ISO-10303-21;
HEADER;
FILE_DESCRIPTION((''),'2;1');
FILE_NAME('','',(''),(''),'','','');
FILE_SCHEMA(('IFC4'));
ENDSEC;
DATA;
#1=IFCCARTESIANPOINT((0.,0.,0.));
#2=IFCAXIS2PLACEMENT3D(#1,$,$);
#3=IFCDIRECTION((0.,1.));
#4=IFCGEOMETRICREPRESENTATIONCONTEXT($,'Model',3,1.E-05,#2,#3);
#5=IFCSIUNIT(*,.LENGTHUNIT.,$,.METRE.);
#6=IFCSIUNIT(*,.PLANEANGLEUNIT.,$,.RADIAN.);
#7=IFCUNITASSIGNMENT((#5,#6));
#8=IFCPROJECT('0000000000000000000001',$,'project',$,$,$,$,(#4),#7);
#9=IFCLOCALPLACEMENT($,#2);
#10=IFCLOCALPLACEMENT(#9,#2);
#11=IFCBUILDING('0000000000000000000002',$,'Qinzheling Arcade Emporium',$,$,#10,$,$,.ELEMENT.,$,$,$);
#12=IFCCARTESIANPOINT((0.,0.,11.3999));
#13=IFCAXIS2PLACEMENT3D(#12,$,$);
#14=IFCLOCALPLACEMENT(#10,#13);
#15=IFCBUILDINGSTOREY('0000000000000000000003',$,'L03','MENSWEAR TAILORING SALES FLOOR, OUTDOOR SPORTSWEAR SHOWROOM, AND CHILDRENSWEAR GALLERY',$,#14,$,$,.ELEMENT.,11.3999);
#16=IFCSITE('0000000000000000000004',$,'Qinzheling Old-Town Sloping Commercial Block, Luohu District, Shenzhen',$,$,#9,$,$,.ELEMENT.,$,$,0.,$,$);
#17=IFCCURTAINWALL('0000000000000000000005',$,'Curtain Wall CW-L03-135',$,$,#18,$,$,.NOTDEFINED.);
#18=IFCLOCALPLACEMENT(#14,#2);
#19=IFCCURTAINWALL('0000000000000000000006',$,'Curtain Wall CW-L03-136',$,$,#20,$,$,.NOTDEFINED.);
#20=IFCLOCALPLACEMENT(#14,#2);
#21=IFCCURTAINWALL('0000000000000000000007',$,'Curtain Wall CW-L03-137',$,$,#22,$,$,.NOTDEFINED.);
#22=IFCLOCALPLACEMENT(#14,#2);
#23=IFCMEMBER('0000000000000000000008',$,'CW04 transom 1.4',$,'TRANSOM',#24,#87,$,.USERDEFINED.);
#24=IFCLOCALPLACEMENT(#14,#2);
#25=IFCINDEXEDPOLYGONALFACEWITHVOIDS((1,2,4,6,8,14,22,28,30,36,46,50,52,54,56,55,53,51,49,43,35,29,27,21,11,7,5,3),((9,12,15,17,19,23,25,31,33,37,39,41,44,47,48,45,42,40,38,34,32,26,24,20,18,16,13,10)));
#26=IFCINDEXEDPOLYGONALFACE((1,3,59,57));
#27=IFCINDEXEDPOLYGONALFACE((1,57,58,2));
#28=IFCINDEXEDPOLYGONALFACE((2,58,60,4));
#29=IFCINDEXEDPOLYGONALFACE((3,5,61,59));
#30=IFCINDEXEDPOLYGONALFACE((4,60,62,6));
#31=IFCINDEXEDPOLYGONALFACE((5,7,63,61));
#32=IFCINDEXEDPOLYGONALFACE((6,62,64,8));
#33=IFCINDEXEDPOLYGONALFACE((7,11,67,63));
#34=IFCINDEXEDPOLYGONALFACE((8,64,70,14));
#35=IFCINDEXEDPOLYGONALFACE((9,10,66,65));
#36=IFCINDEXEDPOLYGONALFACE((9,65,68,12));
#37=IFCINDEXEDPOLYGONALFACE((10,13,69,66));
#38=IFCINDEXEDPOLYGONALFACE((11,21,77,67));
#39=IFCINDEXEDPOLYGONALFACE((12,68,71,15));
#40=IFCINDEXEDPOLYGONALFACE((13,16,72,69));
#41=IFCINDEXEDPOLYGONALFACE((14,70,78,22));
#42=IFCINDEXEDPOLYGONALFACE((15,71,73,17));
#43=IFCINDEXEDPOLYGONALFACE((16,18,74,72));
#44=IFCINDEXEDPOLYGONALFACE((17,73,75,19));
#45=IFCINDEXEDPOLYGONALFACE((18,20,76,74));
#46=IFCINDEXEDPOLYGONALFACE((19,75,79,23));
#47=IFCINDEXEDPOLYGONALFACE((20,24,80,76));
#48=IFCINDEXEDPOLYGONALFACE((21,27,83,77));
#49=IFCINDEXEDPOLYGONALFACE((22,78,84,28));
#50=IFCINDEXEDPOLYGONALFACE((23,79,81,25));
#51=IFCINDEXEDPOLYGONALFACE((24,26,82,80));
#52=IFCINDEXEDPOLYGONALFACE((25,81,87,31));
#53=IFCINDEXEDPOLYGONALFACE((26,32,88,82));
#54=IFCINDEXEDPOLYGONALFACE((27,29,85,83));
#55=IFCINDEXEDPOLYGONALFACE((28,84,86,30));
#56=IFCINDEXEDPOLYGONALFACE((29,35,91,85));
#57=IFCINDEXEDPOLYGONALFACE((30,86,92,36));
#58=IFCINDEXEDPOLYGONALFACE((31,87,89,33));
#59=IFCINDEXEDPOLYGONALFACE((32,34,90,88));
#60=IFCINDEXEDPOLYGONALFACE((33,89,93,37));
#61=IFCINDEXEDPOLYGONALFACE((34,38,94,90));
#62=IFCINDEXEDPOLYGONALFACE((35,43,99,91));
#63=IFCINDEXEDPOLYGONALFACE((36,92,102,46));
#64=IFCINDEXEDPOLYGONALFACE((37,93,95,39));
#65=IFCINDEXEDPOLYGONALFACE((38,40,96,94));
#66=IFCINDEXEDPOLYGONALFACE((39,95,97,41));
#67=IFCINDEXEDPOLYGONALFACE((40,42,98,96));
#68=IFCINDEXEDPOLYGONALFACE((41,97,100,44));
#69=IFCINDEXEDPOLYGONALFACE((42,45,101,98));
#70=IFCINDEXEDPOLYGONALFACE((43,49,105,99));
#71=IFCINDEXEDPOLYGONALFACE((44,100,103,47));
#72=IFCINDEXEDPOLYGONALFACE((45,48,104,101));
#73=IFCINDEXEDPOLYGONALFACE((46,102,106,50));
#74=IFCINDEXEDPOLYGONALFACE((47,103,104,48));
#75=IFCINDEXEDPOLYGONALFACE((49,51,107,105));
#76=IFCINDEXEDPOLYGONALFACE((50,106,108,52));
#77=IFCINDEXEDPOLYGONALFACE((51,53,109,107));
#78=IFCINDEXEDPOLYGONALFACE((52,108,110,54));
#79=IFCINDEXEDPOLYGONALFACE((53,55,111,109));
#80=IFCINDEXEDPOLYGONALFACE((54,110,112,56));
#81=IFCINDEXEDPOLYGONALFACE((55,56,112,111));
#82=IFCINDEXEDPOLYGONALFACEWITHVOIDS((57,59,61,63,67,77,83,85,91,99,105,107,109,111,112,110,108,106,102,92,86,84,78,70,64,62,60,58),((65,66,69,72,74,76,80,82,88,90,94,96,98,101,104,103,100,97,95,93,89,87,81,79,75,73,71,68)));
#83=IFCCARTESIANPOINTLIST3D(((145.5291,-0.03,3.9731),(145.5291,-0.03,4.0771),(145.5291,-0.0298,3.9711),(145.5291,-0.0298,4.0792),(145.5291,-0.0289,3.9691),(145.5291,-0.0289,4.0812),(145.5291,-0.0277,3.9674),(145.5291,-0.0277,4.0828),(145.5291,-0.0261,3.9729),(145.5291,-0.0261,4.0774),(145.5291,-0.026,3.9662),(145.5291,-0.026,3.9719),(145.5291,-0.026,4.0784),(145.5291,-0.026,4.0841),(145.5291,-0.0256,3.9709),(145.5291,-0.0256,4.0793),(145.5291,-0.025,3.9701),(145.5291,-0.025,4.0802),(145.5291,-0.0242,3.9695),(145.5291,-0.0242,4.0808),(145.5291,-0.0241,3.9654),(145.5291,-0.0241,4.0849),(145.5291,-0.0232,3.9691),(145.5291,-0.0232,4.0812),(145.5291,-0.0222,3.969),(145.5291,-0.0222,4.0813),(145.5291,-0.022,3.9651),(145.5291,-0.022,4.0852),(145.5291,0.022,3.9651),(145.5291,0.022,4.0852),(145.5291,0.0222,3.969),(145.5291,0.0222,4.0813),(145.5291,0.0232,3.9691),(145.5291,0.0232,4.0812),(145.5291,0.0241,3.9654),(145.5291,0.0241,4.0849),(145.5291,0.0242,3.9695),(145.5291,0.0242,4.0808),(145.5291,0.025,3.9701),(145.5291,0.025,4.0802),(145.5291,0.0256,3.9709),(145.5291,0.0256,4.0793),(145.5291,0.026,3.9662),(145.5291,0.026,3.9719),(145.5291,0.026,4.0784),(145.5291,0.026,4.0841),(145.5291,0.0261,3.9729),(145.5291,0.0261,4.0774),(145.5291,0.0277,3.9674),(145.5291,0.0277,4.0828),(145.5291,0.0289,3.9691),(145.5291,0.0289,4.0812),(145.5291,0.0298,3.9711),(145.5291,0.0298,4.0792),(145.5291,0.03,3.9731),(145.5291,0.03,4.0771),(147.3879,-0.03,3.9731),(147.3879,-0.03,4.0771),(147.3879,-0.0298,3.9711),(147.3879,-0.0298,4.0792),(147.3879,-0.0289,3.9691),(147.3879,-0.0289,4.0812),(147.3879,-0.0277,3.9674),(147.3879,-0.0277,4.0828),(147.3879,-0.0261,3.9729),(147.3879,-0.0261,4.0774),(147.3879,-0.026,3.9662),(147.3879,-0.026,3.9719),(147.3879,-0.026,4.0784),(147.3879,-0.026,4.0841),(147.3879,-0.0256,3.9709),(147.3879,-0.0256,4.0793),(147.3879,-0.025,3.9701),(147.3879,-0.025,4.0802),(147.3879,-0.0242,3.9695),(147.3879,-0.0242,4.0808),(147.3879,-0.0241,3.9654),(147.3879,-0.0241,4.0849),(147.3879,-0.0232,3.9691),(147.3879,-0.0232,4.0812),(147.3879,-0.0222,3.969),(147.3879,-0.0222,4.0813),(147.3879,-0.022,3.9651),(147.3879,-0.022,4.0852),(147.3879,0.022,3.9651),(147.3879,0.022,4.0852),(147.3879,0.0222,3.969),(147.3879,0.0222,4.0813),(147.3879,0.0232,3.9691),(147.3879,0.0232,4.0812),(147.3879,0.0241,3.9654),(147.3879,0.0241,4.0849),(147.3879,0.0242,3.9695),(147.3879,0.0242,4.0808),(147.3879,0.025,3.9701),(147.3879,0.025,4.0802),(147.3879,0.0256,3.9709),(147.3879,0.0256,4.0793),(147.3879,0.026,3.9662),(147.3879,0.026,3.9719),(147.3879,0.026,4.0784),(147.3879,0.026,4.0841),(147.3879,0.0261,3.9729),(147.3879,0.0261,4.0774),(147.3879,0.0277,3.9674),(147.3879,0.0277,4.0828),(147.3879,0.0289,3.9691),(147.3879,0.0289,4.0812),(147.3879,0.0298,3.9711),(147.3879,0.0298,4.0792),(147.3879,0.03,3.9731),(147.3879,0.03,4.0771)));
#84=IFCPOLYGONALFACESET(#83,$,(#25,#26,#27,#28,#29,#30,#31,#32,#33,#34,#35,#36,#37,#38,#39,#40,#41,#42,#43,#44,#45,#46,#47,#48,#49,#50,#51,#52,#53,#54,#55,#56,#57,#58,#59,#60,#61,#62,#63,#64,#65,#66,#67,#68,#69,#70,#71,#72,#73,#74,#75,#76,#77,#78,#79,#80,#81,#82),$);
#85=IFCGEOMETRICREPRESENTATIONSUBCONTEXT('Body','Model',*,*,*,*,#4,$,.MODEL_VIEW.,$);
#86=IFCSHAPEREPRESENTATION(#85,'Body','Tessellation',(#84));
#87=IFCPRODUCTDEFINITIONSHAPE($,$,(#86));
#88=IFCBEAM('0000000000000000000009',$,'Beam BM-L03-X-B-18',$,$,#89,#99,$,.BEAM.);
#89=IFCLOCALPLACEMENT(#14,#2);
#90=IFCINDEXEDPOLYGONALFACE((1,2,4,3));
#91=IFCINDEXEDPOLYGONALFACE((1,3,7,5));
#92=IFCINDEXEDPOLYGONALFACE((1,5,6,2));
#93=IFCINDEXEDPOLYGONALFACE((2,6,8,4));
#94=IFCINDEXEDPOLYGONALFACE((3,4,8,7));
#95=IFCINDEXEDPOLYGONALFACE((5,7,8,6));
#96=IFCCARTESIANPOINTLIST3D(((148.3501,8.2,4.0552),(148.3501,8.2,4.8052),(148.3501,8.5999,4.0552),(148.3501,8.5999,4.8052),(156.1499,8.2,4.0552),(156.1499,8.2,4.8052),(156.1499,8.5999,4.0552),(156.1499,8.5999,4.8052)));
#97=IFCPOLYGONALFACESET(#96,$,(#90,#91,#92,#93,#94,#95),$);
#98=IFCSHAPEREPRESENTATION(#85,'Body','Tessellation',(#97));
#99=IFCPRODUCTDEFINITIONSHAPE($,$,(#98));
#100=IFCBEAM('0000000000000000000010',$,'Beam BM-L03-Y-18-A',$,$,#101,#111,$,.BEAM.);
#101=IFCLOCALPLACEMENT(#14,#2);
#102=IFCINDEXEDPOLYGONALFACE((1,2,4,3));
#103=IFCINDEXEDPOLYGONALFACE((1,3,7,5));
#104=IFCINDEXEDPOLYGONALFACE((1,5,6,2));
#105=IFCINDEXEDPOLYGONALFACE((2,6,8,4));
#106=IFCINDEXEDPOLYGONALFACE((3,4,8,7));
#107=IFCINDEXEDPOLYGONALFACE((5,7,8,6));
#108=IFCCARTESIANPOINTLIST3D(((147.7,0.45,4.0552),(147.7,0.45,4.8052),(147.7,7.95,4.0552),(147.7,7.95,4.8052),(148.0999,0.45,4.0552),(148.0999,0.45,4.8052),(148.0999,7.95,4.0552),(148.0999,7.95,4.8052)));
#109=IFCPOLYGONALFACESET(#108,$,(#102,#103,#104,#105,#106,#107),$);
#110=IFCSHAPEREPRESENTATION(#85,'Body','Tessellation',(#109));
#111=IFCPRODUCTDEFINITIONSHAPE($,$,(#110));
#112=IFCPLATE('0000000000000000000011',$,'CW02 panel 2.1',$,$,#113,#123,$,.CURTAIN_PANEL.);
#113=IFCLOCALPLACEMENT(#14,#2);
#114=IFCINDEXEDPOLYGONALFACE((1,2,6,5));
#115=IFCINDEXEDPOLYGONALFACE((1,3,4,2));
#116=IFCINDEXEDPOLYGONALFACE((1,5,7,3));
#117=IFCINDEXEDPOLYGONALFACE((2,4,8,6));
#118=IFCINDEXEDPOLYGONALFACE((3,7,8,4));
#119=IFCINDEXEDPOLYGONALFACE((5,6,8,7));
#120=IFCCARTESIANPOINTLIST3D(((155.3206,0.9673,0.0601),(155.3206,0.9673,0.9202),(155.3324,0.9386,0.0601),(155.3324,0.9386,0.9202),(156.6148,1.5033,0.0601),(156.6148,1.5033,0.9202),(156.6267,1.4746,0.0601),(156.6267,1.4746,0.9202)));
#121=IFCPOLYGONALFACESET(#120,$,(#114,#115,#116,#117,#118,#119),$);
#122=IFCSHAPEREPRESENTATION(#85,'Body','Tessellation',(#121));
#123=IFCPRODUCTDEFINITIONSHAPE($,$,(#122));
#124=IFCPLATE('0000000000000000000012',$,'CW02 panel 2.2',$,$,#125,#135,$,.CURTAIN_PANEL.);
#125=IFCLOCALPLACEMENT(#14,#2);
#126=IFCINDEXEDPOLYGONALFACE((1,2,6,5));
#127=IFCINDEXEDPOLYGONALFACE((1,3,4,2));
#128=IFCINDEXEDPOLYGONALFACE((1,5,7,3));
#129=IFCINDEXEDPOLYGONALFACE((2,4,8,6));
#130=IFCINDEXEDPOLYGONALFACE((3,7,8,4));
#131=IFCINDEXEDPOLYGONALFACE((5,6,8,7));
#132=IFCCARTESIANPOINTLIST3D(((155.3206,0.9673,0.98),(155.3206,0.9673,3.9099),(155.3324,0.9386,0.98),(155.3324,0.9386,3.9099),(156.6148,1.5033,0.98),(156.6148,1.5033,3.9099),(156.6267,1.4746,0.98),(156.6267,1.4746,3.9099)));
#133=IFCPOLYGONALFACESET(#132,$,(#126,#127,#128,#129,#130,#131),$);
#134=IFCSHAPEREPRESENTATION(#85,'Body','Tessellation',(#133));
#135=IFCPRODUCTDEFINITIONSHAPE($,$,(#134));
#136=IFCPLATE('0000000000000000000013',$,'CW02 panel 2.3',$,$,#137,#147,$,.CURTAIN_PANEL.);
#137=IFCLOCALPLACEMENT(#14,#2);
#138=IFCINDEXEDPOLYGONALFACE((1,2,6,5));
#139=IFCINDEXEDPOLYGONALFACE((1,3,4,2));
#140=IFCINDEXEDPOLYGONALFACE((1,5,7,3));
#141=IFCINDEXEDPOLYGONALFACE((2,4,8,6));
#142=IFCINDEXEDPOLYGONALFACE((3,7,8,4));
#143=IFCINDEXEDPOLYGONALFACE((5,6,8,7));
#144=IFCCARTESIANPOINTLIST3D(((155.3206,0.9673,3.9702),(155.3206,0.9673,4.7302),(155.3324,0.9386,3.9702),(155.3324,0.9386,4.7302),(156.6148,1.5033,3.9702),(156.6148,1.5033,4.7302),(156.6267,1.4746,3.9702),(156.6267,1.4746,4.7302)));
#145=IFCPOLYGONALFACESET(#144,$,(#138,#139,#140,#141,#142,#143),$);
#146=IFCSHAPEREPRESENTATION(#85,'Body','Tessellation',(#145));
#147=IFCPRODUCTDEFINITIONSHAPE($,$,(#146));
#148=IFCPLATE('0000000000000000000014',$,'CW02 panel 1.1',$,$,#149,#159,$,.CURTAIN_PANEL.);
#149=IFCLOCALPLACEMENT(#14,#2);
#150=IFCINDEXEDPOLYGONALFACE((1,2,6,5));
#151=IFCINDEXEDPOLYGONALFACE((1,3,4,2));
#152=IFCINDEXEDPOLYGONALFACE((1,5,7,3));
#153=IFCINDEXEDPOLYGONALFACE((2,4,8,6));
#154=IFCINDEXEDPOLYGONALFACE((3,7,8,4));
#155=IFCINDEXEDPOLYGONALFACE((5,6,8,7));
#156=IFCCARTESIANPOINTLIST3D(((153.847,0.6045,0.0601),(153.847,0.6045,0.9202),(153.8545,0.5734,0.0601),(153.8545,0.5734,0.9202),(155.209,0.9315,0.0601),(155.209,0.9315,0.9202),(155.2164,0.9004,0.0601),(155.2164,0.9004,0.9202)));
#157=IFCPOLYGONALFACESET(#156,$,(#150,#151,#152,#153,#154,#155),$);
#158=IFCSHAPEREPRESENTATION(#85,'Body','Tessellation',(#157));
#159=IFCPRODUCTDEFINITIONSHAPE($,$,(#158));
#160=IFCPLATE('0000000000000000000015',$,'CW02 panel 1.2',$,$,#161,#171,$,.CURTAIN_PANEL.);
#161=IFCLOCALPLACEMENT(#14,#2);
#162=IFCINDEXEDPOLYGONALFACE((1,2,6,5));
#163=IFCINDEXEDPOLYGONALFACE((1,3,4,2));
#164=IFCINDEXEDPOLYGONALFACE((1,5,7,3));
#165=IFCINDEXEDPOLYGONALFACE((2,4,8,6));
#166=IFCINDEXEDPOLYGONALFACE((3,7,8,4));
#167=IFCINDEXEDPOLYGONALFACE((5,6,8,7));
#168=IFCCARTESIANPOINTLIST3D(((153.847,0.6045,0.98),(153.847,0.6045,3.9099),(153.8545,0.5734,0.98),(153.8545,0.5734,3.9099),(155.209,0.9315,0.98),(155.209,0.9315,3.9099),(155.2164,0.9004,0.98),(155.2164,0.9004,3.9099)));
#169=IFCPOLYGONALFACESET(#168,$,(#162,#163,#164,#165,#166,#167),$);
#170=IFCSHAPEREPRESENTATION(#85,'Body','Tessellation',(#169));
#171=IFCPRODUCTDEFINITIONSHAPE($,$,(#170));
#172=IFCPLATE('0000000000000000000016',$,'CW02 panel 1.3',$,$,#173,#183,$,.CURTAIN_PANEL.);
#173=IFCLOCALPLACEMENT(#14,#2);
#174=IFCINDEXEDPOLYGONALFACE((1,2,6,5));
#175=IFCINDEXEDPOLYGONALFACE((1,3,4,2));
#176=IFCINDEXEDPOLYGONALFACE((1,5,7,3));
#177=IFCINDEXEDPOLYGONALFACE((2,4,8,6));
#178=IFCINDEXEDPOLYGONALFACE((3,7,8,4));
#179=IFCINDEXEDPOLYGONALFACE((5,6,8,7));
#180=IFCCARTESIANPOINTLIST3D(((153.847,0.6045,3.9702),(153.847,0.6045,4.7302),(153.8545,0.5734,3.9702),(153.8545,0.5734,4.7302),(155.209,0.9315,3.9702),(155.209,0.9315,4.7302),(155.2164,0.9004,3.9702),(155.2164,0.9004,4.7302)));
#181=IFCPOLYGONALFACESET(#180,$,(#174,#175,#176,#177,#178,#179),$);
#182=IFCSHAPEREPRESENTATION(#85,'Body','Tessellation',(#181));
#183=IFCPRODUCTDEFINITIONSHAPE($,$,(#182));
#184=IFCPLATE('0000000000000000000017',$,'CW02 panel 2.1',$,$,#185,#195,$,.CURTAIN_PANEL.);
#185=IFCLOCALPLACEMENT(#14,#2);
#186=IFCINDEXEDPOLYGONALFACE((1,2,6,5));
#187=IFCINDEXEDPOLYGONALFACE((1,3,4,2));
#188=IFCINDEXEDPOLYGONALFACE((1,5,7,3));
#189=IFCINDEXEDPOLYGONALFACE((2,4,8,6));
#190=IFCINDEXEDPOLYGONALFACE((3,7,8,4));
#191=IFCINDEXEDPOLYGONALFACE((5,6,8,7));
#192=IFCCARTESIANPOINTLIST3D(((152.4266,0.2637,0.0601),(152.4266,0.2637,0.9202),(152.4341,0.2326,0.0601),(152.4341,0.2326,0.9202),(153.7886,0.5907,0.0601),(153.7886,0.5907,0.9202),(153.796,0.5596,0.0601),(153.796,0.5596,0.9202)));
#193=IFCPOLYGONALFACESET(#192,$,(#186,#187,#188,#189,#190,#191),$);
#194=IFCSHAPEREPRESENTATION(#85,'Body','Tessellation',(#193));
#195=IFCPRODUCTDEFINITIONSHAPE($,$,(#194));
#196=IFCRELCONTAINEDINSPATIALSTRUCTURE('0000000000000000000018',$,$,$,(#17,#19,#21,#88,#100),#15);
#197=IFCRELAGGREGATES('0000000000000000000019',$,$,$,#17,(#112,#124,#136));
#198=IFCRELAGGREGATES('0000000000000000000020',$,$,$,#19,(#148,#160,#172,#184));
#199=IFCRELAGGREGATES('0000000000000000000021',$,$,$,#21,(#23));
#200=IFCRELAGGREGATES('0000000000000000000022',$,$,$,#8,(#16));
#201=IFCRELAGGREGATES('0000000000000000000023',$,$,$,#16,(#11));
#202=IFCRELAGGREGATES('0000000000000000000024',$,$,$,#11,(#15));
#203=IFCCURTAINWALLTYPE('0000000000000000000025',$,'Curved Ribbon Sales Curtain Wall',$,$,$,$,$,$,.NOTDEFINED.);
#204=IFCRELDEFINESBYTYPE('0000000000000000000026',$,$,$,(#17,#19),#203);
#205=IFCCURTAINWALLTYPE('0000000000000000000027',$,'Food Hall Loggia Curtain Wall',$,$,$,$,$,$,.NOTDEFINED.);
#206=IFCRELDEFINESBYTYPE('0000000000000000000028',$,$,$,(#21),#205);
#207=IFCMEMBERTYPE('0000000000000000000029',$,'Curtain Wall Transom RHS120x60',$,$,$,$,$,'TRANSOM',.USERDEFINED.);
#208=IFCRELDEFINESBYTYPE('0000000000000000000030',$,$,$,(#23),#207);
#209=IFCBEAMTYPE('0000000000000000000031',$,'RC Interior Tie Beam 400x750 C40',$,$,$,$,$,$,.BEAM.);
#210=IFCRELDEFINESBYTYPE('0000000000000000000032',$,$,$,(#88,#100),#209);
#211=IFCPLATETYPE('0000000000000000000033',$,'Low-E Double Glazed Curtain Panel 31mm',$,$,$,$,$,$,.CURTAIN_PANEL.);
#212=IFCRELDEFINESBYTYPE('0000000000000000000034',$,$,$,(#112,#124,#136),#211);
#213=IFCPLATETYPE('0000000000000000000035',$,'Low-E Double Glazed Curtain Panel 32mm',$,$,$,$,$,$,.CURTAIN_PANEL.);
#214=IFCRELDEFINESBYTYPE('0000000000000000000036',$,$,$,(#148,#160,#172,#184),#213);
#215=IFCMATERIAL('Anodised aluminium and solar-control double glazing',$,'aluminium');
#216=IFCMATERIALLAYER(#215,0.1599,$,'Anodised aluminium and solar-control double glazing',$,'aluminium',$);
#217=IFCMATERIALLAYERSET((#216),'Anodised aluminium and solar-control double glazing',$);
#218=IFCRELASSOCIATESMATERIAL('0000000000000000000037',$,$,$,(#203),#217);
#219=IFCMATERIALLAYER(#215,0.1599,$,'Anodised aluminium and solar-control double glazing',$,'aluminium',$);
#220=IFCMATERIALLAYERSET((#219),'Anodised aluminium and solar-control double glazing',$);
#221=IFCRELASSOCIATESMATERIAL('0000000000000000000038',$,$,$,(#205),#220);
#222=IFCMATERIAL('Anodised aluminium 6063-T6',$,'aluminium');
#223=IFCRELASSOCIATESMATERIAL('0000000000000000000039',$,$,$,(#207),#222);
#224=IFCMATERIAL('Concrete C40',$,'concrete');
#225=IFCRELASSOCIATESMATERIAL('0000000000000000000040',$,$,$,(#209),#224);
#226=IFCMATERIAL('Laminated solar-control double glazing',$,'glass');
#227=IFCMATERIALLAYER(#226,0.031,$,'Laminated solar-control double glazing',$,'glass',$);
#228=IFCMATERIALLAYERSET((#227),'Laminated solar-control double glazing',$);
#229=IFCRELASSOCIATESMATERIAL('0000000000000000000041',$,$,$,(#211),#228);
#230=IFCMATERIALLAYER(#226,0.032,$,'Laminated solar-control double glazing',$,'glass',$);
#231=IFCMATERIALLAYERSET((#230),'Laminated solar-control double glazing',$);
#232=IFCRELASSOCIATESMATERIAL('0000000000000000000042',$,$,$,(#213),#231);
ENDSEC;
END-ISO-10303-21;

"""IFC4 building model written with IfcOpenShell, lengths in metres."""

from ifc_helpers import new_model, si_unit, direction, frame, origin, origin_2d, place, context, subcontext, project, spatial, rectangle, hollow_rectangle, extrude, material, layer, layer_set, material_profile, profile_set, type_object, element, aggregate, save


model = new_model("IFC4")

# Units and contexts
model_context = context("Model", 3, precision=1e-05, world=origin(), true_north=direction((0.0, 1.0)))
body_context = subcontext(model_context, "Body", "Model", "MODEL_VIEW")
ifc_project = project(units=[si_unit("LENGTHUNIT", "METRE"), si_unit("PLANEANGLEUNIT", "RADIAN")], contexts=[model_context])

# Site, building, storey
site_placement = place(None, origin())
site = spatial("IfcSite", under=ifc_project, at=site_placement, Name="Qinzheling Old-Town Sloping Commercial Block, Luohu District, Shenzhen", CompositionType="ELEMENT", RefElevation=0.0)
building_placement = place(site_placement, origin())
building = spatial("IfcBuilding", under=site, at=building_placement, Name="Qinzheling Arcade Emporium", CompositionType="ELEMENT")
storey_placement = place(building_placement, frame((0.0, 0.0, 11.3999)))
storey = spatial("IfcBuildingStorey", under=building, at=storey_placement, Name="L03", Description="MENSWEAR TAILORING SALES FLOOR, OUTDOOR SPORTSWEAR SHOWROOM, AND CHILDRENSWEAR GALLERY", CompositionType="ELEMENT", Elevation=11.3999)

# Curtain wall
ifc_material_1 = material(Name="Anodised aluminium and solar-control double glazing", Category="aluminium")
ifc_layer_1 = layer(ifc_material_1, 0.1599, Name="Anodised aluminium and solar-control double glazing", Category="aluminium")
ifc_layer_set_1 = layer_set([ifc_layer_1], Name="Anodised aluminium and solar-control double glazing")
curtain_wall_type_1 = type_object("IfcCurtainWallType", Name="Curved Ribbon Sales Curtain Wall", PredefinedType="NOTDEFINED", material=ifc_layer_set_1)
curtain_wall_1_placement = place(storey_placement, origin())
curtain_wall_1 = element("IfcCurtainWall", 1, at=curtain_wall_1_placement, inside=storey, type_object=curtain_wall_type_1, Name="Curtain Wall CW-L03-135", PredefinedType="NOTDEFINED")
ifc_material_2 = material(Name="Anodised aluminium 6063-T6", Category="aluminium")

# Curtain wall
curtain_wall_2_placement = place(storey_placement, origin())
curtain_wall_2 = element("IfcCurtainWall", 2, at=curtain_wall_2_placement, inside=storey, type_object=curtain_wall_type_1, Name="Curtain Wall CW-L03-136", PredefinedType="NOTDEFINED")

# Curtain wall
ifc_layer_2 = layer(ifc_material_1, 0.1599, Name="Anodised aluminium and solar-control double glazing", Category="aluminium")
ifc_layer_set_2 = layer_set([ifc_layer_2], Name="Anodised aluminium and solar-control double glazing")
curtain_wall_type_2 = type_object("IfcCurtainWallType", Name="Food Hall Loggia Curtain Wall", PredefinedType="NOTDEFINED", material=ifc_layer_set_2)
curtain_wall_3_placement = place(storey_placement, origin())
curtain_wall_3 = element("IfcCurtainWall", 3, at=curtain_wall_3_placement, inside=storey, type_object=curtain_wall_type_2, Name="Curtain Wall CW-L03-137", PredefinedType="NOTDEFINED")

# Member
ifc_material_profile_1 = material_profile(ifc_material_2, hollow_rectangle(XDim=0.0601, YDim=0.1201, WallThickness=0.0039, InnerFilletRadius=0.0039, OuterFilletRadius=0.0081, at=origin_2d()), Name="RHS 120x60x4", Category="aluminium")
ifc_profile_set_1 = profile_set([ifc_material_profile_1], Name="Anodised aluminium 6063-T6")
member_type_1 = type_object("IfcMemberType", Name="Curtain Wall Transom RHS120x60", ElementType="TRANSOM", PredefinedType="USERDEFINED", material=ifc_profile_set_1)
member_1_placement = place(storey_placement, frame((147.3879, 0.0, 4.0251), z_axis=(-1.0, 0.0, 0.0), x_axis=(0.0, -1.0, 0.0)))
member_1 = element("IfcMember", 4, at=member_1_placement, type_object=member_type_1, Name="CW04 transom 1.4", ObjectType="TRANSOM", PredefinedType="USERDEFINED", context=body_context, shape_type="SweptSolid", body=[
    extrude(hollow_rectangle(XDim=0.0601, YDim=0.1201, WallThickness=0.0039, InnerFilletRadius=0.0039, OuterFilletRadius=0.0081, at=origin_2d()), origin(), (0.0, 0.0, 1.0), 1.8589),
])

# Beams
ifc_material_3 = material(Name="Concrete C40", Category="concrete")
ifc_material_profile_2 = material_profile(ifc_material_3, rectangle(XDim=0.3999, YDim=0.75, at=origin_2d()), Name="RC 400x750", Category="concrete")
ifc_profile_set_2 = profile_set([ifc_material_profile_2], Name="Concrete C40")
beam_type = type_object("IfcBeamType", Name="RC Interior Tie Beam 400x750 C40", PredefinedType="BEAM", material=ifc_profile_set_2)
beam_1_placement = place(storey_placement, frame((148.3501, 8.3999, 4.4302), z_axis=(1.0, 0.0, 0.0), x_axis=(0.0, 1.0, 0.0)))
element("IfcBeam", 5, at=beam_1_placement, inside=storey, type_object=beam_type, Name="Beam BM-L03-X-B-18", PredefinedType="BEAM", context=body_context, shape_type="SweptSolid", body=[
    extrude(rectangle(XDim=0.3999, YDim=0.75, at=origin_2d()), origin(), (0.0, 0.0, 1.0), 7.7998),
])
beam_2_placement = place(storey_placement, frame((147.8999, 0.45, 4.4302), z_axis=(0.0, 1.0, 0.0), x_axis=(-1.0, 0.0, 0.0)))
element("IfcBeam", 6, at=beam_2_placement, inside=storey, type_object=beam_type, Name="Beam BM-L03-Y-18-A", PredefinedType="BEAM", context=body_context, shape_type="SweptSolid", body=[
    extrude(rectangle(XDim=0.3999, YDim=0.75, at=origin_2d()), origin(), (0.0, 0.0, 1.0), 7.5),
])

# Plates
ifc_material_4 = material(Name="Laminated solar-control double glazing", Category="glass")
ifc_layer_3 = layer(ifc_material_4, 0.031, Name="Laminated solar-control double glazing", Category="glass")
ifc_layer_set_3 = layer_set([ifc_layer_3], Name="Laminated solar-control double glazing")
plate_type_1 = type_object("IfcPlateType", Name="Low-E Double Glazed Curtain Panel 31mm", PredefinedType="CURTAIN_PANEL", material=ifc_layer_set_3)
plate_1_placement = place(storey_placement, frame((155.9736, 1.2209, 0.0601), z_axis=(0.0, 0.0, 1.0), x_axis=(-0.923898, -0.382638, 0.0)))
plate_1 = element("IfcPlate", 7, at=plate_1_placement, type_object=plate_type_1, Name="CW02 panel 2.1", PredefinedType="CURTAIN_PANEL", context=body_context, shape_type="SweptSolid", body=[
    extrude(rectangle(XDim=1.4009, YDim=0.031, at=origin_2d()), origin(), (0.0, 0.0, 1.0), 0.8601),
])
plate_2_placement = place(storey_placement, frame((155.9736, 1.2209, 0.98), z_axis=(0.0, 0.0, 1.0), x_axis=(-0.923898, -0.382638, 0.0)))
plate_2 = element("IfcPlate", 8, at=plate_2_placement, type_object=plate_type_1, Name="CW02 panel 2.2", PredefinedType="CURTAIN_PANEL", context=body_context, shape_type="SweptSolid", body=[
    extrude(rectangle(XDim=1.4009, YDim=0.031, at=origin_2d()), origin(), (0.0, 0.0, 1.0), 2.9299),
])
plate_3_placement = place(storey_placement, frame((155.9736, 1.2209, 3.9702), z_axis=(0.0, 0.0, 1.0), x_axis=(-0.923898, -0.382638, 0.0)))
plate_3 = element("IfcPlate", 9, at=plate_3_placement, type_object=plate_type_1, Name="CW02 panel 2.3", PredefinedType="CURTAIN_PANEL", context=body_context, shape_type="SweptSolid", body=[
    extrude(rectangle(XDim=1.4009, YDim=0.031, at=origin_2d()), origin(), (0.0, 0.0, 1.0), 0.76),
])
aggregate(curtain_wall_1, [plate_1, plate_2, plate_3])
ifc_layer_4 = layer(ifc_material_4, 0.032, Name="Laminated solar-control double glazing", Category="glass")
ifc_layer_set_4 = layer_set([ifc_layer_4], Name="Laminated solar-control double glazing")
plate_type_2 = type_object("IfcPlateType", Name="Low-E Double Glazed Curtain Panel 32mm", PredefinedType="CURTAIN_PANEL", material=ifc_layer_set_4)
plate_4_placement = place(storey_placement, frame((154.5317, 0.7524, 0.0601), z_axis=(0.0, 0.0, 1.0), x_axis=(-0.972369, -0.233449, 0.0)))
plate_4 = element("IfcPlate", 10, at=plate_4_placement, type_object=plate_type_2, Name="CW02 panel 1.1", PredefinedType="CURTAIN_PANEL", context=body_context, shape_type="SweptSolid", body=[
    extrude(rectangle(XDim=1.4006, YDim=0.032, at=origin_2d()), origin(), (0.0, 0.0, 1.0), 0.8601),
])
plate_5_placement = place(storey_placement, frame((154.5317, 0.7524, 0.98), z_axis=(0.0, 0.0, 1.0), x_axis=(-0.972369, -0.233449, 0.0)))
plate_5 = element("IfcPlate", 11, at=plate_5_placement, type_object=plate_type_2, Name="CW02 panel 1.2", PredefinedType="CURTAIN_PANEL", context=body_context, shape_type="SweptSolid", body=[
    extrude(rectangle(XDim=1.4006, YDim=0.032, at=origin_2d()), origin(), (0.0, 0.0, 1.0), 2.9299),
])
plate_6_placement = place(storey_placement, frame((154.5317, 0.7524, 3.9702), z_axis=(0.0, 0.0, 1.0), x_axis=(-0.972369, -0.233449, 0.0)))
plate_6 = element("IfcPlate", 12, at=plate_6_placement, type_object=plate_type_2, Name="CW02 panel 1.3", PredefinedType="CURTAIN_PANEL", context=body_context, shape_type="SweptSolid", body=[
    extrude(rectangle(XDim=1.4006, YDim=0.032, at=origin_2d()), origin(), (0.0, 0.0, 1.0), 0.76),
])
plate_7_placement = place(storey_placement, frame((153.1113, 0.4116, 0.0601), z_axis=(0.0, 0.0, 1.0), x_axis=(-0.972369, -0.233449, 0.0)))
plate_7 = element("IfcPlate", 13, at=plate_7_placement, type_object=plate_type_2, Name="CW02 panel 2.1", PredefinedType="CURTAIN_PANEL", context=body_context, shape_type="SweptSolid", body=[
    extrude(rectangle(XDim=1.4006, YDim=0.032, at=origin_2d()), origin(), (0.0, 0.0, 1.0), 0.8601),
])
aggregate(curtain_wall_2, [plate_4, plate_5, plate_6, plate_7])
aggregate(curtain_wall_3, [member_1])

save(model, "model.ifc")
